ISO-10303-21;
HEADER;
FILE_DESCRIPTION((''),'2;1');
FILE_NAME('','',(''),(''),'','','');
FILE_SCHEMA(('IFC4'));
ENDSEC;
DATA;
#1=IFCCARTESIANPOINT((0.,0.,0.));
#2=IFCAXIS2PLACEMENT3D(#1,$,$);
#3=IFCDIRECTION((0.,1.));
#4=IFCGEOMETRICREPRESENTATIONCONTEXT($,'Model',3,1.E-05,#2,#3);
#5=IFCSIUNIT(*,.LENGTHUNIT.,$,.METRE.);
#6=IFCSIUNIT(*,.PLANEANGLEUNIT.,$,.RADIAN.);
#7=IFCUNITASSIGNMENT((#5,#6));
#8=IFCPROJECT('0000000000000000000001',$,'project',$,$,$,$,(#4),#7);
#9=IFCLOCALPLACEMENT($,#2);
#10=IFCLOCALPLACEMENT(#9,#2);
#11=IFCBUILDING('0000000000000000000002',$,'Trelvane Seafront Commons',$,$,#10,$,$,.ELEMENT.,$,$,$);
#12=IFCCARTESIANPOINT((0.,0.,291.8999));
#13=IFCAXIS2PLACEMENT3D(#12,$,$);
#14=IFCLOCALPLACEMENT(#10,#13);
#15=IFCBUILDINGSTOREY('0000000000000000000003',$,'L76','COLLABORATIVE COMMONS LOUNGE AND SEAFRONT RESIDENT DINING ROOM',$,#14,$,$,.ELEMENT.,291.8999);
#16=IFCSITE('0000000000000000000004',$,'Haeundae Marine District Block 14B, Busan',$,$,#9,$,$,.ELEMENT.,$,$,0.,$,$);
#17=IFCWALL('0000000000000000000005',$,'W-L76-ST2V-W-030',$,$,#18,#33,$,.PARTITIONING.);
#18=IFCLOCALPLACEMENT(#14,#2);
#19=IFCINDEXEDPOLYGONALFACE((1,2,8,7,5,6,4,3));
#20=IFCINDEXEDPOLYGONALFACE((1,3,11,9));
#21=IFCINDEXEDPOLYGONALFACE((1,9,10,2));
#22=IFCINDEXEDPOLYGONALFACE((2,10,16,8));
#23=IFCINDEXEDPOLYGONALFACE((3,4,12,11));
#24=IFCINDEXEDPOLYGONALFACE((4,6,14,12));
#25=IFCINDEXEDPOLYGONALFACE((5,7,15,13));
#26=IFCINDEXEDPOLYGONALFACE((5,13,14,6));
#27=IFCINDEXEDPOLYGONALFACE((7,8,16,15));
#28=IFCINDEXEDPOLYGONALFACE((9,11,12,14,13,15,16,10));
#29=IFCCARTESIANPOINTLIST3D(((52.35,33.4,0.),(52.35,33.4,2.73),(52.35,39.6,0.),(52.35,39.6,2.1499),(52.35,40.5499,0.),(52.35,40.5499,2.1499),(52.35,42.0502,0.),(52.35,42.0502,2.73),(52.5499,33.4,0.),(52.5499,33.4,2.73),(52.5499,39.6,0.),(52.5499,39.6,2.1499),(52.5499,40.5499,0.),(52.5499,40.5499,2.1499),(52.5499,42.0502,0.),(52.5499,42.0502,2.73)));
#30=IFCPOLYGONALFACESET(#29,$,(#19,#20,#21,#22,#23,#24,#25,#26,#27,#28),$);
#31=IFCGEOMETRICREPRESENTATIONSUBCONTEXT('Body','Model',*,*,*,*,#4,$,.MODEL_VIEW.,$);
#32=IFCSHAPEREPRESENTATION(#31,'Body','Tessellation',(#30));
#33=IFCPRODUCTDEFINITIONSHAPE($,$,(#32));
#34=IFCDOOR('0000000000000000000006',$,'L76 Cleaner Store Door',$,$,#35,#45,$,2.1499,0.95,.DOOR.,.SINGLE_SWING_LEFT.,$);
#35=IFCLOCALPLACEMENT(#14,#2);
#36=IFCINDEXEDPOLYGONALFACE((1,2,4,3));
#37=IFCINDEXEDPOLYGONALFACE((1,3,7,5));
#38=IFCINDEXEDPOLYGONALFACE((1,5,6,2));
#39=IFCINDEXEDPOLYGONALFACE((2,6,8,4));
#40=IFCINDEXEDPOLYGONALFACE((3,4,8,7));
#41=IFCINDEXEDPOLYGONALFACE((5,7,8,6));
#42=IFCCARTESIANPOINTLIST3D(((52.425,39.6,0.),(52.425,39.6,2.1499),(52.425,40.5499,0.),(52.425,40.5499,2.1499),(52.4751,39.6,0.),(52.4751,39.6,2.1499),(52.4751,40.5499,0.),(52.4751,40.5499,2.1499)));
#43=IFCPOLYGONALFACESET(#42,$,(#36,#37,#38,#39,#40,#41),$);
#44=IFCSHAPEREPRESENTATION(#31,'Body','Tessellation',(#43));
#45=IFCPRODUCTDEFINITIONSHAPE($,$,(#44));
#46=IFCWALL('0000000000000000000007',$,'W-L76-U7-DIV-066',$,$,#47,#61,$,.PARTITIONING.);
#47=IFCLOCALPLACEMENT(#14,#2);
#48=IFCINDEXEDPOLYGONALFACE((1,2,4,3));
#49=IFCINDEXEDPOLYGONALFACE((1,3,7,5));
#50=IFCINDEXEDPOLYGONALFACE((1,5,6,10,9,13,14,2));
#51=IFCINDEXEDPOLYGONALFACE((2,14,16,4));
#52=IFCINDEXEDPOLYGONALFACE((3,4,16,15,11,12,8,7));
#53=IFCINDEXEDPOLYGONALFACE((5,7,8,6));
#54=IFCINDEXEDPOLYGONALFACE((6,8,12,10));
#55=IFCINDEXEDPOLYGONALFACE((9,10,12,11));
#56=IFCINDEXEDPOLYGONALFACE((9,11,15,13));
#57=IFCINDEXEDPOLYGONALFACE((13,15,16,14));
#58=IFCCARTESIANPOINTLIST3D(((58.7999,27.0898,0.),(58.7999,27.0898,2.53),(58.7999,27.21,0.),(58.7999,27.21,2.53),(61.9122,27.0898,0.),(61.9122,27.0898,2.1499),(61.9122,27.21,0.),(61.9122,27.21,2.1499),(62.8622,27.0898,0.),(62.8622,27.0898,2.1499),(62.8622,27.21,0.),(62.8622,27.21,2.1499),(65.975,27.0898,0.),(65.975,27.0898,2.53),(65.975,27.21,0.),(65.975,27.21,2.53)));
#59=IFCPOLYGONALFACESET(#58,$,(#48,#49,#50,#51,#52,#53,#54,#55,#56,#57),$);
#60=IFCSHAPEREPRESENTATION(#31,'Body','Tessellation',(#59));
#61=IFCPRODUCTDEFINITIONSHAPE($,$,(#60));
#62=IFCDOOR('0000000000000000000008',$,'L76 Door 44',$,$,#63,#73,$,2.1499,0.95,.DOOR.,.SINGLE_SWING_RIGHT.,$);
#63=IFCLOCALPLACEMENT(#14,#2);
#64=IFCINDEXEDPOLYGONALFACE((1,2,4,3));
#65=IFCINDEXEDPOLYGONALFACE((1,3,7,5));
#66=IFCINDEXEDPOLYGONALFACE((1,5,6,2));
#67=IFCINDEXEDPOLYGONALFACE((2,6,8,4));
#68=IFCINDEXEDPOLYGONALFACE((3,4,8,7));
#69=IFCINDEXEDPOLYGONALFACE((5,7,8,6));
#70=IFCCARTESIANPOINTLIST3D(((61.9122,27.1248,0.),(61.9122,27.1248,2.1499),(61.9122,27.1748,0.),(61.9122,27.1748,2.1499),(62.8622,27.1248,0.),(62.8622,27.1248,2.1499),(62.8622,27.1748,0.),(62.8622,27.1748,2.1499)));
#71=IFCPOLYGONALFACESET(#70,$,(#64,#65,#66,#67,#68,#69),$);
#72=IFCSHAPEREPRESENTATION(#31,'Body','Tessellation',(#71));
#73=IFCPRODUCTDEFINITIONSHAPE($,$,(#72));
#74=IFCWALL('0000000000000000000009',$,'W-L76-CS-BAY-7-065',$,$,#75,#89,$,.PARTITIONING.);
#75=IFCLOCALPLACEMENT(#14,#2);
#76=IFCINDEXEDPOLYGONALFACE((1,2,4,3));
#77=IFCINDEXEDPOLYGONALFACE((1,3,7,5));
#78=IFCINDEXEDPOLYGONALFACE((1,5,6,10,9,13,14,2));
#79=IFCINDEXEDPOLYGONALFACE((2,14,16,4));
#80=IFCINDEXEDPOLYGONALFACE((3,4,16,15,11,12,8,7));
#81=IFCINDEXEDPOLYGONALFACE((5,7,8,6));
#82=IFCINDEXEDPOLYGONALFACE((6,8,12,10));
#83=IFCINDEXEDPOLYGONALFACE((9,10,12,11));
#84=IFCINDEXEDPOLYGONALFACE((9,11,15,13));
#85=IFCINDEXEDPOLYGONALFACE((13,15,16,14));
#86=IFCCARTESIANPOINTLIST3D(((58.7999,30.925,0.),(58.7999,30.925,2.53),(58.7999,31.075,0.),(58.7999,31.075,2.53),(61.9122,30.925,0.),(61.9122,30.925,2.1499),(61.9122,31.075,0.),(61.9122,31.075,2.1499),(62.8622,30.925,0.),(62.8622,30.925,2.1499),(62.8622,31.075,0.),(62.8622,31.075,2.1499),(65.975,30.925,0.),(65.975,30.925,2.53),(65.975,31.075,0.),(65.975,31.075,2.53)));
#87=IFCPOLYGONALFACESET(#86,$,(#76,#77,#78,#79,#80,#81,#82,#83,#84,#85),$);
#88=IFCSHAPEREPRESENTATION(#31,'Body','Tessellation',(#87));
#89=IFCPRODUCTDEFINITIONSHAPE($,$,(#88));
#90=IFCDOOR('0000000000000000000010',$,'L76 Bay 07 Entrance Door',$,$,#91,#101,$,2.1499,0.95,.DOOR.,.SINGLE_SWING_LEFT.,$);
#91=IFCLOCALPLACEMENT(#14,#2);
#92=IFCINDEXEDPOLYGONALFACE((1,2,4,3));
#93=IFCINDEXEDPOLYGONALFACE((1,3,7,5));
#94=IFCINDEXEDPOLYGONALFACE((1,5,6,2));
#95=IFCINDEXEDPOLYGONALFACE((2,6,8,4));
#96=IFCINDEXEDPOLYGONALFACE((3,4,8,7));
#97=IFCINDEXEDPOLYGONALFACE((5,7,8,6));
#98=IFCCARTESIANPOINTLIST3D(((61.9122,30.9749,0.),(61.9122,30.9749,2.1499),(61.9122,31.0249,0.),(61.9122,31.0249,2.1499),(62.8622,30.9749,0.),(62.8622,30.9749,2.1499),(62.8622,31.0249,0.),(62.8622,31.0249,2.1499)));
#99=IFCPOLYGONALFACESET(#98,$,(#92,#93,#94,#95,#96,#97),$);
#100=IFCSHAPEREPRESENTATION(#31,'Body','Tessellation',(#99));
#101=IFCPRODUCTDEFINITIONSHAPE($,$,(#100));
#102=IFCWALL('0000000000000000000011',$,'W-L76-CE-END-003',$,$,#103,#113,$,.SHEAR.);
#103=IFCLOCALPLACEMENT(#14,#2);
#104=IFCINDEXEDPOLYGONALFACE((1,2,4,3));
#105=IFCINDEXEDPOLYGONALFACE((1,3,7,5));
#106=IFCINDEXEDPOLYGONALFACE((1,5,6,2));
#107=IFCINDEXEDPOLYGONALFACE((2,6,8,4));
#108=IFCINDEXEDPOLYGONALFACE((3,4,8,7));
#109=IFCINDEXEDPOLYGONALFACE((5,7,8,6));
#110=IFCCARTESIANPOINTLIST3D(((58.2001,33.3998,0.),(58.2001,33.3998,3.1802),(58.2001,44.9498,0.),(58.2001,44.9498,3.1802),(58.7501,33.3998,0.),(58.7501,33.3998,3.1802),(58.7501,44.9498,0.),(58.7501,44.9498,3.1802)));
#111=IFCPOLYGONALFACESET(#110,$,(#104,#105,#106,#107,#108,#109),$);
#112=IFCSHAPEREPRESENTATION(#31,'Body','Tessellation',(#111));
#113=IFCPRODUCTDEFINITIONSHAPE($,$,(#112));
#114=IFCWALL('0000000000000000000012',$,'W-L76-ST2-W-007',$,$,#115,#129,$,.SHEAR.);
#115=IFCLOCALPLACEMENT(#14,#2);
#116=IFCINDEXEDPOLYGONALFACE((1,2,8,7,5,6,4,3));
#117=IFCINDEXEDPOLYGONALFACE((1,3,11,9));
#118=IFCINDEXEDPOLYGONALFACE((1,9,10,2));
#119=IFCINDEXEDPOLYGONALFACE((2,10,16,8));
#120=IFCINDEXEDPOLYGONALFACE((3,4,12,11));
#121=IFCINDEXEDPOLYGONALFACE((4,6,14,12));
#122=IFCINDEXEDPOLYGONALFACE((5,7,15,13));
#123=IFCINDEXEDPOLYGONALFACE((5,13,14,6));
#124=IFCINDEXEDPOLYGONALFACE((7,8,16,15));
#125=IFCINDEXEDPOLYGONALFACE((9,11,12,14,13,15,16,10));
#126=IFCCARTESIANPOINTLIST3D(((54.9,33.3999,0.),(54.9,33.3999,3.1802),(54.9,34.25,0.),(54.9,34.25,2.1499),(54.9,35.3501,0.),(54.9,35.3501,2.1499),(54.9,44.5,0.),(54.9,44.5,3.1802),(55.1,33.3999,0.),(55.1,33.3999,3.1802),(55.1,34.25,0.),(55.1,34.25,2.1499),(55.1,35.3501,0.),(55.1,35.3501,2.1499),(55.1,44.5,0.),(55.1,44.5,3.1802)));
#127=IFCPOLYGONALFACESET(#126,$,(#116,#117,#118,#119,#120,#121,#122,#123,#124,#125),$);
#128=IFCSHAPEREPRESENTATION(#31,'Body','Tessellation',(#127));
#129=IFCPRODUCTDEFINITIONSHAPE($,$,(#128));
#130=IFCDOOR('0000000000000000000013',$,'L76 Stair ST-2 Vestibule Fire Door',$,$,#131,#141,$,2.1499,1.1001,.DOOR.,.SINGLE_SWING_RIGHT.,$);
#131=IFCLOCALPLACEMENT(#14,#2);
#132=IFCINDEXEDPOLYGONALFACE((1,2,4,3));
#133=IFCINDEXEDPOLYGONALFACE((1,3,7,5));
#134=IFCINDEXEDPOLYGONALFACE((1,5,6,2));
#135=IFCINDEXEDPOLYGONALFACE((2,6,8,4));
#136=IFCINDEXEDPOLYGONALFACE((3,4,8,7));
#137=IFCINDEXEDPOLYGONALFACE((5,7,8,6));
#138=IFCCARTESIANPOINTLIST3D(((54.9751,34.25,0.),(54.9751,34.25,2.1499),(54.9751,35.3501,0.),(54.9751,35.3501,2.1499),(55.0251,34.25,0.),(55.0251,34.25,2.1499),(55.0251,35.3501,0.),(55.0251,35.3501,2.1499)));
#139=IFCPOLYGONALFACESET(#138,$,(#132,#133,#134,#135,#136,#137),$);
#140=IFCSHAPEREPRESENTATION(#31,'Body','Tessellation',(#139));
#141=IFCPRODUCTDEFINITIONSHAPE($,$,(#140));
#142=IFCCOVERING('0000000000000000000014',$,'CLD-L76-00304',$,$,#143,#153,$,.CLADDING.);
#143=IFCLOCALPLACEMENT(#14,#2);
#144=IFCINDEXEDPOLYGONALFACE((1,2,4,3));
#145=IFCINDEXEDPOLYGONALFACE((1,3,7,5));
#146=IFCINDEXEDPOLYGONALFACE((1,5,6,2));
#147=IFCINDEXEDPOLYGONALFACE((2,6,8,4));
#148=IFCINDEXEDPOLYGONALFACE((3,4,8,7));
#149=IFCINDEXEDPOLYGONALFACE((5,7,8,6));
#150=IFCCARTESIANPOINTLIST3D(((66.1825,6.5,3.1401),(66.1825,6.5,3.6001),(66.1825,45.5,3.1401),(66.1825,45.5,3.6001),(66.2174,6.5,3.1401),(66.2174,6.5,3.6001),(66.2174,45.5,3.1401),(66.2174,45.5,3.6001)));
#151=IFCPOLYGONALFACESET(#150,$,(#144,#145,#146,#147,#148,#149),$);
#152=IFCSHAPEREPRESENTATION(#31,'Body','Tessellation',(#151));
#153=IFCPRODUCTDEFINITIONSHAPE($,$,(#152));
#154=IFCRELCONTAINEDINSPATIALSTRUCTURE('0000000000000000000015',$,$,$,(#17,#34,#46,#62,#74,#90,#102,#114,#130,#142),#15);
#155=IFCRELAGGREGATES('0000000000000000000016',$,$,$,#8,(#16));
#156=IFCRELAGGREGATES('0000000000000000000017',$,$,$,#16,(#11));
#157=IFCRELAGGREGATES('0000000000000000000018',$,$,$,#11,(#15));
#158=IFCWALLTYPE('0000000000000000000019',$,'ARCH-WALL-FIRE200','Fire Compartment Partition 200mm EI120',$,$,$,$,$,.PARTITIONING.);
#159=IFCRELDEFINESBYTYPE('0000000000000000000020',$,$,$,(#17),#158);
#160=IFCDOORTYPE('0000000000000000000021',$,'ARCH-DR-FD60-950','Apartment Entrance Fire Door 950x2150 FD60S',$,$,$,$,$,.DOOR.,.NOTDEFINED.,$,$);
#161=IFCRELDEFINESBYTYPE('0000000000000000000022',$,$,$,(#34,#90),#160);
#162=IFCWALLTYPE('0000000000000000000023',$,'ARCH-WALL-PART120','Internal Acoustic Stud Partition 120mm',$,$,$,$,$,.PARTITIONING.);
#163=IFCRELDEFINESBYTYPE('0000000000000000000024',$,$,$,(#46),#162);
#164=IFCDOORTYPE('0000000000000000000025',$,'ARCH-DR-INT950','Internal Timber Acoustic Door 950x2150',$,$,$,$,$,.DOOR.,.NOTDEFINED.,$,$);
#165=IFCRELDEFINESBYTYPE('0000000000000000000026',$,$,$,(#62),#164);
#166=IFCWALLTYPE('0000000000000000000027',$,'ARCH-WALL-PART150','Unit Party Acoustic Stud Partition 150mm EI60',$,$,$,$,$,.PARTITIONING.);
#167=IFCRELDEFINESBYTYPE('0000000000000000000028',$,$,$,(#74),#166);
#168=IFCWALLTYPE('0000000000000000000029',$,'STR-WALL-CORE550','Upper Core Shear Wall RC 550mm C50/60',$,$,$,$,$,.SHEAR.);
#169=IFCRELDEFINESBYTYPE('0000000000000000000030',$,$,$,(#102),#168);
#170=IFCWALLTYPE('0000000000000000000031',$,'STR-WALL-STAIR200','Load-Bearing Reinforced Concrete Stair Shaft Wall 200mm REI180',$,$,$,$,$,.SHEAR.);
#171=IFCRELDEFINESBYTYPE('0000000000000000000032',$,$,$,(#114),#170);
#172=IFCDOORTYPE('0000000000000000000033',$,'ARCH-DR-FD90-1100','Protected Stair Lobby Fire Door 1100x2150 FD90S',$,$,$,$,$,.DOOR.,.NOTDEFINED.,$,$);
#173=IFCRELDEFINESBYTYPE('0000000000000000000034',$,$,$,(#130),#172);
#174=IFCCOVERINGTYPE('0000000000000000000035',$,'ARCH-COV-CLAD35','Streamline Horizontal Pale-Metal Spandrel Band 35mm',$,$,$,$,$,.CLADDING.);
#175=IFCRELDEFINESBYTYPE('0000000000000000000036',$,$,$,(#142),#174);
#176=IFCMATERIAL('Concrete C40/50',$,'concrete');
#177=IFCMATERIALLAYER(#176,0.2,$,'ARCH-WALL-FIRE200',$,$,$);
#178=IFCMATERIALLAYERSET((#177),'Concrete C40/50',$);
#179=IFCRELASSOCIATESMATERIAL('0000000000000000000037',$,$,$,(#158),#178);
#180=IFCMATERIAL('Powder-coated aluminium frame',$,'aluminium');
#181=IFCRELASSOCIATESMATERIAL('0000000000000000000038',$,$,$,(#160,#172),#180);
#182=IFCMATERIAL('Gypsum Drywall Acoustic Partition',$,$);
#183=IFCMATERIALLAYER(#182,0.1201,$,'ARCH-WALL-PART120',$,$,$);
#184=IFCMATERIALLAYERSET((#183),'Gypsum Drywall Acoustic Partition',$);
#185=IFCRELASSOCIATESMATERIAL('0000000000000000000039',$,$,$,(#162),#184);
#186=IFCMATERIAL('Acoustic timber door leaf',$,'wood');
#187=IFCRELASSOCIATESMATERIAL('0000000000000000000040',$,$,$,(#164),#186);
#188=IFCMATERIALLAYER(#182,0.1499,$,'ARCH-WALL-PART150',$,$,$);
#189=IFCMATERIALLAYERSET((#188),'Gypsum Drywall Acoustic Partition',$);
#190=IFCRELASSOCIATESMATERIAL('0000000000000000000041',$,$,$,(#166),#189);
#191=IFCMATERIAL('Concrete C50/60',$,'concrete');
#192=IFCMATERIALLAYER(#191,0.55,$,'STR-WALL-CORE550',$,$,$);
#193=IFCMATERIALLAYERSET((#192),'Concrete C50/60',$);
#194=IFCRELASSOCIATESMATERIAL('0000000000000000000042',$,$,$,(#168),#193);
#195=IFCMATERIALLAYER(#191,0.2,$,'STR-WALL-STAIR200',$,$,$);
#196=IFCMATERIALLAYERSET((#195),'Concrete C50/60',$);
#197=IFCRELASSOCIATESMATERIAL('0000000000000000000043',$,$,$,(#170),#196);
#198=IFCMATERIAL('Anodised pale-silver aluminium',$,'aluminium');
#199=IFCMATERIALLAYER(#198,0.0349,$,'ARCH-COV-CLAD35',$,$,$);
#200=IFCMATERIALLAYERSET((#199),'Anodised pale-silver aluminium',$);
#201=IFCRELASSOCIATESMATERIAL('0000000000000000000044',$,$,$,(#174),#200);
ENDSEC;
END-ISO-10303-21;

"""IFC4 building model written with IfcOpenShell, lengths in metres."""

from ifc_helpers import new_model, si_unit, direction, frame, frame_2d, origin, origin_2d, place, context, subcontext, project, spatial, rectangle, extrude, source, transform, mapped, material, layer, layer_set, type_object, element, fill, save


model = new_model("IFC4")

# Units and contexts
model_context = context("Model", 3, precision=1e-05, world=origin(), true_north=direction((0.0, 1.0)))
body_context = subcontext(model_context, "Body", "Model", "MODEL_VIEW")
ifc_project = project(units=[si_unit("LENGTHUNIT", "METRE"), si_unit("PLANEANGLEUNIT", "RADIAN")], contexts=[model_context])

# Site, building, storey
site_placement = place(None, origin())
site = spatial("IfcSite", under=ifc_project, at=site_placement, Name="Haeundae Marine District Block 14B, Busan", CompositionType="ELEMENT", RefElevation=0.0)
building_placement = place(site_placement, origin())
building = spatial("IfcBuilding", under=site, at=building_placement, Name="Trelvane Seafront Commons", CompositionType="ELEMENT")
storey_placement = place(building_placement, frame((0.0, 0.0, 291.8999)))
storey = spatial("IfcBuildingStorey", under=building, at=storey_placement, Name="L76", Description="COLLABORATIVE COMMONS LOUNGE AND SEAFRONT RESIDENT DINING ROOM", CompositionType="ELEMENT", Elevation=291.8999)

# Shared definitions
ifc_material_1 = material(Name="Concrete C50/60", Category="concrete")

# Shared definitions
ifc_material_2 = material(Name="Anodised pale-silver aluminium", Category="aluminium")

# Walls, openings, doors
ifc_material_3 = material(Name="Concrete C40/50", Category="concrete")
ifc_layer_1 = layer(ifc_material_3, 0.2, Name="ARCH-WALL-FIRE200")
ifc_layer_set_1 = layer_set([ifc_layer_1], Name="Concrete C40/50")
wall_type_1 = type_object("IfcWallType", Name="ARCH-WALL-FIRE200", Description="Fire Compartment Partition 200mm EI120", PredefinedType="PARTITIONING", material=ifc_layer_set_1)
wall_1_placement = place(storey_placement, frame((52.45, 33.3999, 0.0), z_axis=(0.0, 0.0, 1.0), x_axis=(0.0, 1.0, 0.0)))
wall_1 = element("IfcWall", 1, at=wall_1_placement, inside=storey, type_object=wall_type_1, Name="W-L76-ST2V-W-030", PredefinedType="PARTITIONING", context=body_context, shape_type="SweptSolid", body=[
    extrude(rectangle(XDim=8.6501, YDim=0.2, at=frame_2d((4.3252, 0.0))), origin(), (0.0, 0.0, 1.0), 2.73),
])
opening_1_placement = place(wall_1_placement, frame((6.2, 0.0, 0.0)))
opening_1 = element("IfcOpeningElement", 2, at=opening_1_placement, cuts=wall_1, PredefinedType="OPENING", context=body_context, shape_type="SweptSolid", body=[
    extrude(rectangle(XDim=0.95, YDim=2.1499, at=frame_2d((0.4751, 1.075))), frame((0.0, 0.1099, 0.0), z_axis=(0.0, -1.0, 0.0), x_axis=(1.0, 0.0, 0.0)), (0.0, 0.0, 1.0), 0.22),
])
ifc_material_4 = material(Name="Powder-coated aluminium frame", Category="aluminium")
door_type_1 = type_object("IfcDoorType", Name="ARCH-DR-FD60-950", Description="Apartment Entrance Fire Door 950x2150 FD60S", OperationType="NOTDEFINED", PredefinedType="DOOR", material=ifc_material_4)
shared_shape_1 = source(origin(), body_context, "Body", "SweptSolid", [
    extrude(rectangle(XDim=0.95, YDim=2.1499, at=frame_2d((0.4751, 1.075))), frame((0.0, 0.0249, 0.0), z_axis=(0.0, -1.0, 0.0), x_axis=(1.0, 0.0, 0.0)), (0.0, 0.0, 1.0), 0.05),
])
door_1_placement = place(opening_1_placement, origin())
door_1 = element("IfcDoor", 3, at=door_1_placement, inside=storey, type_object=door_type_1, Name="L76 Cleaner Store Door", OperationType="SINGLE_SWING_LEFT", OverallHeight=2.1499, OverallWidth=0.95, PredefinedType="DOOR", context=body_context, shape_type="MappedRepresentation", body=[
    mapped(shared_shape_1, transform((0.0, 0.0, 0.0), x_axis=(1.0, 0.0, 0.0), y_axis=(0.0, 1.0, 0.0), z_axis=(0.0, 0.0, 1.0), scale=1.0)),
])
fill(opening_1, door_1)
ifc_material_5 = material(Name="Gypsum Drywall Acoustic Partition")
ifc_layer_2 = layer(ifc_material_5, 0.1201, Name="ARCH-WALL-PART120")
ifc_layer_set_2 = layer_set([ifc_layer_2], Name="Gypsum Drywall Acoustic Partition")
wall_type_2 = type_object("IfcWallType", Name="ARCH-WALL-PART120", Description="Internal Acoustic Stud Partition 120mm", PredefinedType="PARTITIONING", material=ifc_layer_set_2)
wall_2_placement = place(storey_placement, frame((58.8, 27.1499, 0.0), z_axis=(0.0, 0.0, 1.0), x_axis=(1.0, 0.0, 0.0)))
wall_2 = element("IfcWall", 4, at=wall_2_placement, inside=storey, type_object=wall_type_2, Name="W-L76-U7-DIV-066", PredefinedType="PARTITIONING", context=body_context, shape_type="SweptSolid", body=[
    extrude(rectangle(XDim=7.175, YDim=0.1201, at=frame_2d((3.5874, 0.0))), origin(), (0.0, 0.0, 1.0), 2.53),
])
opening_2_placement = place(wall_2_placement, frame((3.1121, 0.0, 0.0)))
opening_2 = element("IfcOpeningElement", 5, at=opening_2_placement, cuts=wall_2, PredefinedType="OPENING", context=body_context, shape_type="SweptSolid", body=[
    extrude(rectangle(XDim=0.95, YDim=2.1499, at=frame_2d((0.4751, 1.075))), frame((0.0, 0.0701, 0.0), z_axis=(0.0, -1.0, 0.0), x_axis=(1.0, 0.0, 0.0)), (0.0, 0.0, 1.0), 0.1401),
])
ifc_material_6 = material(Name="Acoustic timber door leaf", Category="wood")
door_type_2 = type_object("IfcDoorType", Name="ARCH-DR-INT950", Description="Internal Timber Acoustic Door 950x2150", OperationType="NOTDEFINED", PredefinedType="DOOR", material=ifc_material_6)
door_2_placement = place(opening_2_placement, origin())
door_2 = element("IfcDoor", 6, at=door_2_placement, inside=storey, type_object=door_type_2, Name="L76 Door 44", OperationType="SINGLE_SWING_RIGHT", OverallHeight=2.1499, OverallWidth=0.95, PredefinedType="DOOR", context=body_context, shape_type="MappedRepresentation", body=[
    mapped(shared_shape_1, transform((0.0, 0.0, 0.0), x_axis=(1.0, 0.0, 0.0), y_axis=(0.0, 1.0, 0.0), z_axis=(0.0, 0.0, 1.0), scale=1.0)),
])
fill(opening_2, door_2)
ifc_layer_3 = layer(ifc_material_5, 0.1499, Name="ARCH-WALL-PART150")
ifc_layer_set_3 = layer_set([ifc_layer_3], Name="Gypsum Drywall Acoustic Partition")
wall_type_3 = type_object("IfcWallType", Name="ARCH-WALL-PART150", Description="Unit Party Acoustic Stud Partition 150mm EI60", PredefinedType="PARTITIONING", material=ifc_layer_set_3)
wall_3_placement = place(storey_placement, frame((58.8, 31.0, 0.0), z_axis=(0.0, 0.0, 1.0), x_axis=(1.0, 0.0, 0.0)))
wall_3 = element("IfcWall", 7, at=wall_3_placement, inside=storey, type_object=wall_type_3, Name="W-L76-CS-BAY-7-065", PredefinedType="PARTITIONING", context=body_context, shape_type="SweptSolid", body=[
    extrude(rectangle(XDim=7.175, YDim=0.1499, at=frame_2d((3.5874, 0.0))), origin(), (0.0, 0.0, 1.0), 2.53),
])
opening_3_placement = place(wall_3_placement, frame((3.1121, 0.0, 0.0)))
opening_3 = element("IfcOpeningElement", 8, at=opening_3_placement, cuts=wall_3, PredefinedType="OPENING", context=body_context, shape_type="SweptSolid", body=[
    extrude(rectangle(XDim=0.95, YDim=2.1499, at=frame_2d((0.4751, 1.075))), frame((0.0, 0.085, 0.0), z_axis=(0.0, -1.0, 0.0), x_axis=(1.0, 0.0, 0.0)), (0.0, 0.0, 1.0), 0.1699),
])
door_3_placement = place(opening_3_placement, origin())
door_3 = element("IfcDoor", 9, at=door_3_placement, inside=storey, type_object=door_type_1, Name="L76 Bay 07 Entrance Door", OperationType="SINGLE_SWING_LEFT", OverallHeight=2.1499, OverallWidth=0.95, PredefinedType="DOOR", context=body_context, shape_type="MappedRepresentation", body=[
    mapped(shared_shape_1, transform((0.0, 0.0, 0.0), x_axis=(1.0, 0.0, 0.0), y_axis=(0.0, 1.0, 0.0), z_axis=(0.0, 0.0, 1.0), scale=1.0)),
])
fill(opening_3, door_3)

# Wall
ifc_layer_4 = layer(ifc_material_1, 0.55, Name="STR-WALL-CORE550")
ifc_layer_set_4 = layer_set([ifc_layer_4], Name="Concrete C50/60")
wall_type_4 = type_object("IfcWallType", Name="STR-WALL-CORE550", Description="Upper Core Shear Wall RC 550mm C50/60", PredefinedType="SHEAR", material=ifc_layer_set_4)
wall_4_placement = place(storey_placement, frame((58.4751, 33.3999, 0.0), z_axis=(0.0, 0.0, 1.0), x_axis=(0.0, 1.0, 0.0)))
element("IfcWall", 10, at=wall_4_placement, inside=storey, type_object=wall_type_4, Name="W-L76-CE-END-003", PredefinedType="SHEAR", context=body_context, shape_type="SweptSolid", body=[
    extrude(rectangle(XDim=11.55, YDim=0.55, at=frame_2d((5.7749, 0.0))), origin(), (0.0, 0.0, 1.0), 3.1802),
])

# Wall, opening, door
ifc_layer_5 = layer(ifc_material_1, 0.2, Name="STR-WALL-STAIR200")
ifc_layer_set_5 = layer_set([ifc_layer_5], Name="Concrete C50/60")
wall_type_5 = type_object("IfcWallType", Name="STR-WALL-STAIR200", Description="Load-Bearing Reinforced Concrete Stair Shaft Wall 200mm REI180", PredefinedType="SHEAR", material=ifc_layer_set_5)
wall_5_placement = place(storey_placement, frame((55.0, 33.3999, 0.0), z_axis=(0.0, 0.0, 1.0), x_axis=(0.0, 1.0, 0.0)))
wall_5 = element("IfcWall", 11, at=wall_5_placement, inside=storey, type_object=wall_type_5, Name="W-L76-ST2-W-007", PredefinedType="SHEAR", context=body_context, shape_type="SweptSolid", body=[
    extrude(rectangle(XDim=11.1001, YDim=0.2, at=frame_2d((5.55, 0.0))), origin(), (0.0, 0.0, 1.0), 3.1802),
])
opening_4_placement = place(wall_5_placement, frame((0.8501, 0.0, 0.0)))
opening_4 = element("IfcOpeningElement", 12, at=opening_4_placement, cuts=wall_5, PredefinedType="OPENING", context=body_context, shape_type="SweptSolid", body=[
    extrude(rectangle(XDim=1.1001, YDim=2.1499, at=frame_2d((0.55, 1.075))), frame((0.0, 0.1099, 0.0), z_axis=(0.0, -1.0, 0.0), x_axis=(1.0, 0.0, 0.0)), (0.0, 0.0, 1.0), 0.22),
])
door_type_3 = type_object("IfcDoorType", Name="ARCH-DR-FD90-1100", Description="Protected Stair Lobby Fire Door 1100x2150 FD90S", OperationType="NOTDEFINED", PredefinedType="DOOR", material=ifc_material_4)
shared_shape_2 = source(origin(), body_context, "Body", "SweptSolid", [
    extrude(rectangle(XDim=1.1001, YDim=2.1499, at=frame_2d((0.55, 1.075))), frame((0.0, 0.0249, 0.0), z_axis=(0.0, -1.0, 0.0), x_axis=(1.0, 0.0, 0.0)), (0.0, 0.0, 1.0), 0.05),
])
door_4_placement = place(opening_4_placement, origin())
door_4 = element("IfcDoor", 13, at=door_4_placement, inside=storey, type_object=door_type_3, Name="L76 Stair ST-2 Vestibule Fire Door", OperationType="SINGLE_SWING_RIGHT", OverallHeight=2.1499, OverallWidth=1.1001, PredefinedType="DOOR", context=body_context, shape_type="MappedRepresentation", body=[
    mapped(shared_shape_2, transform((0.0, 0.0, 0.0), x_axis=(1.0, 0.0, 0.0), y_axis=(0.0, 1.0, 0.0), z_axis=(0.0, 0.0, 1.0), scale=1.0)),
])
fill(opening_4, door_4)

# Covering
ifc_layer_6 = layer(ifc_material_2, 0.0349, Name="ARCH-COV-CLAD35")
ifc_layer_set_6 = layer_set([ifc_layer_6], Name="Anodised pale-silver aluminium")
covering_type = type_object("IfcCoveringType", Name="ARCH-COV-CLAD35", Description="Streamline Horizontal Pale-Metal Spandrel Band 35mm", PredefinedType="CLADDING", material=ifc_layer_set_6)
shared_shape_3 = source(origin(), body_context, "Body", "SweptSolid", [
    extrude(rectangle(XDim=39.0, YDim=0.0349, at=origin_2d()), origin(), (0.0, 0.0, 1.0), 0.46),
])
covering_placement = place(storey_placement, frame((66.2, 26.0, 3.1401), z_axis=(0.0, 0.0, 1.0), x_axis=(0.0, -1.0, 0.0)))
element("IfcCovering", 14, at=covering_placement, inside=storey, type_object=covering_type, Name="CLD-L76-00304", PredefinedType="CLADDING", context=body_context, shape_type="MappedRepresentation", body=[
    mapped(shared_shape_3, transform((0.0, 0.0, 0.0), x_axis=(1.0, 0.0, 0.0), y_axis=(0.0, 1.0, 0.0), z_axis=(0.0, 0.0, 1.0), scale=1.0)),
])

save(model, "model.ifc")
